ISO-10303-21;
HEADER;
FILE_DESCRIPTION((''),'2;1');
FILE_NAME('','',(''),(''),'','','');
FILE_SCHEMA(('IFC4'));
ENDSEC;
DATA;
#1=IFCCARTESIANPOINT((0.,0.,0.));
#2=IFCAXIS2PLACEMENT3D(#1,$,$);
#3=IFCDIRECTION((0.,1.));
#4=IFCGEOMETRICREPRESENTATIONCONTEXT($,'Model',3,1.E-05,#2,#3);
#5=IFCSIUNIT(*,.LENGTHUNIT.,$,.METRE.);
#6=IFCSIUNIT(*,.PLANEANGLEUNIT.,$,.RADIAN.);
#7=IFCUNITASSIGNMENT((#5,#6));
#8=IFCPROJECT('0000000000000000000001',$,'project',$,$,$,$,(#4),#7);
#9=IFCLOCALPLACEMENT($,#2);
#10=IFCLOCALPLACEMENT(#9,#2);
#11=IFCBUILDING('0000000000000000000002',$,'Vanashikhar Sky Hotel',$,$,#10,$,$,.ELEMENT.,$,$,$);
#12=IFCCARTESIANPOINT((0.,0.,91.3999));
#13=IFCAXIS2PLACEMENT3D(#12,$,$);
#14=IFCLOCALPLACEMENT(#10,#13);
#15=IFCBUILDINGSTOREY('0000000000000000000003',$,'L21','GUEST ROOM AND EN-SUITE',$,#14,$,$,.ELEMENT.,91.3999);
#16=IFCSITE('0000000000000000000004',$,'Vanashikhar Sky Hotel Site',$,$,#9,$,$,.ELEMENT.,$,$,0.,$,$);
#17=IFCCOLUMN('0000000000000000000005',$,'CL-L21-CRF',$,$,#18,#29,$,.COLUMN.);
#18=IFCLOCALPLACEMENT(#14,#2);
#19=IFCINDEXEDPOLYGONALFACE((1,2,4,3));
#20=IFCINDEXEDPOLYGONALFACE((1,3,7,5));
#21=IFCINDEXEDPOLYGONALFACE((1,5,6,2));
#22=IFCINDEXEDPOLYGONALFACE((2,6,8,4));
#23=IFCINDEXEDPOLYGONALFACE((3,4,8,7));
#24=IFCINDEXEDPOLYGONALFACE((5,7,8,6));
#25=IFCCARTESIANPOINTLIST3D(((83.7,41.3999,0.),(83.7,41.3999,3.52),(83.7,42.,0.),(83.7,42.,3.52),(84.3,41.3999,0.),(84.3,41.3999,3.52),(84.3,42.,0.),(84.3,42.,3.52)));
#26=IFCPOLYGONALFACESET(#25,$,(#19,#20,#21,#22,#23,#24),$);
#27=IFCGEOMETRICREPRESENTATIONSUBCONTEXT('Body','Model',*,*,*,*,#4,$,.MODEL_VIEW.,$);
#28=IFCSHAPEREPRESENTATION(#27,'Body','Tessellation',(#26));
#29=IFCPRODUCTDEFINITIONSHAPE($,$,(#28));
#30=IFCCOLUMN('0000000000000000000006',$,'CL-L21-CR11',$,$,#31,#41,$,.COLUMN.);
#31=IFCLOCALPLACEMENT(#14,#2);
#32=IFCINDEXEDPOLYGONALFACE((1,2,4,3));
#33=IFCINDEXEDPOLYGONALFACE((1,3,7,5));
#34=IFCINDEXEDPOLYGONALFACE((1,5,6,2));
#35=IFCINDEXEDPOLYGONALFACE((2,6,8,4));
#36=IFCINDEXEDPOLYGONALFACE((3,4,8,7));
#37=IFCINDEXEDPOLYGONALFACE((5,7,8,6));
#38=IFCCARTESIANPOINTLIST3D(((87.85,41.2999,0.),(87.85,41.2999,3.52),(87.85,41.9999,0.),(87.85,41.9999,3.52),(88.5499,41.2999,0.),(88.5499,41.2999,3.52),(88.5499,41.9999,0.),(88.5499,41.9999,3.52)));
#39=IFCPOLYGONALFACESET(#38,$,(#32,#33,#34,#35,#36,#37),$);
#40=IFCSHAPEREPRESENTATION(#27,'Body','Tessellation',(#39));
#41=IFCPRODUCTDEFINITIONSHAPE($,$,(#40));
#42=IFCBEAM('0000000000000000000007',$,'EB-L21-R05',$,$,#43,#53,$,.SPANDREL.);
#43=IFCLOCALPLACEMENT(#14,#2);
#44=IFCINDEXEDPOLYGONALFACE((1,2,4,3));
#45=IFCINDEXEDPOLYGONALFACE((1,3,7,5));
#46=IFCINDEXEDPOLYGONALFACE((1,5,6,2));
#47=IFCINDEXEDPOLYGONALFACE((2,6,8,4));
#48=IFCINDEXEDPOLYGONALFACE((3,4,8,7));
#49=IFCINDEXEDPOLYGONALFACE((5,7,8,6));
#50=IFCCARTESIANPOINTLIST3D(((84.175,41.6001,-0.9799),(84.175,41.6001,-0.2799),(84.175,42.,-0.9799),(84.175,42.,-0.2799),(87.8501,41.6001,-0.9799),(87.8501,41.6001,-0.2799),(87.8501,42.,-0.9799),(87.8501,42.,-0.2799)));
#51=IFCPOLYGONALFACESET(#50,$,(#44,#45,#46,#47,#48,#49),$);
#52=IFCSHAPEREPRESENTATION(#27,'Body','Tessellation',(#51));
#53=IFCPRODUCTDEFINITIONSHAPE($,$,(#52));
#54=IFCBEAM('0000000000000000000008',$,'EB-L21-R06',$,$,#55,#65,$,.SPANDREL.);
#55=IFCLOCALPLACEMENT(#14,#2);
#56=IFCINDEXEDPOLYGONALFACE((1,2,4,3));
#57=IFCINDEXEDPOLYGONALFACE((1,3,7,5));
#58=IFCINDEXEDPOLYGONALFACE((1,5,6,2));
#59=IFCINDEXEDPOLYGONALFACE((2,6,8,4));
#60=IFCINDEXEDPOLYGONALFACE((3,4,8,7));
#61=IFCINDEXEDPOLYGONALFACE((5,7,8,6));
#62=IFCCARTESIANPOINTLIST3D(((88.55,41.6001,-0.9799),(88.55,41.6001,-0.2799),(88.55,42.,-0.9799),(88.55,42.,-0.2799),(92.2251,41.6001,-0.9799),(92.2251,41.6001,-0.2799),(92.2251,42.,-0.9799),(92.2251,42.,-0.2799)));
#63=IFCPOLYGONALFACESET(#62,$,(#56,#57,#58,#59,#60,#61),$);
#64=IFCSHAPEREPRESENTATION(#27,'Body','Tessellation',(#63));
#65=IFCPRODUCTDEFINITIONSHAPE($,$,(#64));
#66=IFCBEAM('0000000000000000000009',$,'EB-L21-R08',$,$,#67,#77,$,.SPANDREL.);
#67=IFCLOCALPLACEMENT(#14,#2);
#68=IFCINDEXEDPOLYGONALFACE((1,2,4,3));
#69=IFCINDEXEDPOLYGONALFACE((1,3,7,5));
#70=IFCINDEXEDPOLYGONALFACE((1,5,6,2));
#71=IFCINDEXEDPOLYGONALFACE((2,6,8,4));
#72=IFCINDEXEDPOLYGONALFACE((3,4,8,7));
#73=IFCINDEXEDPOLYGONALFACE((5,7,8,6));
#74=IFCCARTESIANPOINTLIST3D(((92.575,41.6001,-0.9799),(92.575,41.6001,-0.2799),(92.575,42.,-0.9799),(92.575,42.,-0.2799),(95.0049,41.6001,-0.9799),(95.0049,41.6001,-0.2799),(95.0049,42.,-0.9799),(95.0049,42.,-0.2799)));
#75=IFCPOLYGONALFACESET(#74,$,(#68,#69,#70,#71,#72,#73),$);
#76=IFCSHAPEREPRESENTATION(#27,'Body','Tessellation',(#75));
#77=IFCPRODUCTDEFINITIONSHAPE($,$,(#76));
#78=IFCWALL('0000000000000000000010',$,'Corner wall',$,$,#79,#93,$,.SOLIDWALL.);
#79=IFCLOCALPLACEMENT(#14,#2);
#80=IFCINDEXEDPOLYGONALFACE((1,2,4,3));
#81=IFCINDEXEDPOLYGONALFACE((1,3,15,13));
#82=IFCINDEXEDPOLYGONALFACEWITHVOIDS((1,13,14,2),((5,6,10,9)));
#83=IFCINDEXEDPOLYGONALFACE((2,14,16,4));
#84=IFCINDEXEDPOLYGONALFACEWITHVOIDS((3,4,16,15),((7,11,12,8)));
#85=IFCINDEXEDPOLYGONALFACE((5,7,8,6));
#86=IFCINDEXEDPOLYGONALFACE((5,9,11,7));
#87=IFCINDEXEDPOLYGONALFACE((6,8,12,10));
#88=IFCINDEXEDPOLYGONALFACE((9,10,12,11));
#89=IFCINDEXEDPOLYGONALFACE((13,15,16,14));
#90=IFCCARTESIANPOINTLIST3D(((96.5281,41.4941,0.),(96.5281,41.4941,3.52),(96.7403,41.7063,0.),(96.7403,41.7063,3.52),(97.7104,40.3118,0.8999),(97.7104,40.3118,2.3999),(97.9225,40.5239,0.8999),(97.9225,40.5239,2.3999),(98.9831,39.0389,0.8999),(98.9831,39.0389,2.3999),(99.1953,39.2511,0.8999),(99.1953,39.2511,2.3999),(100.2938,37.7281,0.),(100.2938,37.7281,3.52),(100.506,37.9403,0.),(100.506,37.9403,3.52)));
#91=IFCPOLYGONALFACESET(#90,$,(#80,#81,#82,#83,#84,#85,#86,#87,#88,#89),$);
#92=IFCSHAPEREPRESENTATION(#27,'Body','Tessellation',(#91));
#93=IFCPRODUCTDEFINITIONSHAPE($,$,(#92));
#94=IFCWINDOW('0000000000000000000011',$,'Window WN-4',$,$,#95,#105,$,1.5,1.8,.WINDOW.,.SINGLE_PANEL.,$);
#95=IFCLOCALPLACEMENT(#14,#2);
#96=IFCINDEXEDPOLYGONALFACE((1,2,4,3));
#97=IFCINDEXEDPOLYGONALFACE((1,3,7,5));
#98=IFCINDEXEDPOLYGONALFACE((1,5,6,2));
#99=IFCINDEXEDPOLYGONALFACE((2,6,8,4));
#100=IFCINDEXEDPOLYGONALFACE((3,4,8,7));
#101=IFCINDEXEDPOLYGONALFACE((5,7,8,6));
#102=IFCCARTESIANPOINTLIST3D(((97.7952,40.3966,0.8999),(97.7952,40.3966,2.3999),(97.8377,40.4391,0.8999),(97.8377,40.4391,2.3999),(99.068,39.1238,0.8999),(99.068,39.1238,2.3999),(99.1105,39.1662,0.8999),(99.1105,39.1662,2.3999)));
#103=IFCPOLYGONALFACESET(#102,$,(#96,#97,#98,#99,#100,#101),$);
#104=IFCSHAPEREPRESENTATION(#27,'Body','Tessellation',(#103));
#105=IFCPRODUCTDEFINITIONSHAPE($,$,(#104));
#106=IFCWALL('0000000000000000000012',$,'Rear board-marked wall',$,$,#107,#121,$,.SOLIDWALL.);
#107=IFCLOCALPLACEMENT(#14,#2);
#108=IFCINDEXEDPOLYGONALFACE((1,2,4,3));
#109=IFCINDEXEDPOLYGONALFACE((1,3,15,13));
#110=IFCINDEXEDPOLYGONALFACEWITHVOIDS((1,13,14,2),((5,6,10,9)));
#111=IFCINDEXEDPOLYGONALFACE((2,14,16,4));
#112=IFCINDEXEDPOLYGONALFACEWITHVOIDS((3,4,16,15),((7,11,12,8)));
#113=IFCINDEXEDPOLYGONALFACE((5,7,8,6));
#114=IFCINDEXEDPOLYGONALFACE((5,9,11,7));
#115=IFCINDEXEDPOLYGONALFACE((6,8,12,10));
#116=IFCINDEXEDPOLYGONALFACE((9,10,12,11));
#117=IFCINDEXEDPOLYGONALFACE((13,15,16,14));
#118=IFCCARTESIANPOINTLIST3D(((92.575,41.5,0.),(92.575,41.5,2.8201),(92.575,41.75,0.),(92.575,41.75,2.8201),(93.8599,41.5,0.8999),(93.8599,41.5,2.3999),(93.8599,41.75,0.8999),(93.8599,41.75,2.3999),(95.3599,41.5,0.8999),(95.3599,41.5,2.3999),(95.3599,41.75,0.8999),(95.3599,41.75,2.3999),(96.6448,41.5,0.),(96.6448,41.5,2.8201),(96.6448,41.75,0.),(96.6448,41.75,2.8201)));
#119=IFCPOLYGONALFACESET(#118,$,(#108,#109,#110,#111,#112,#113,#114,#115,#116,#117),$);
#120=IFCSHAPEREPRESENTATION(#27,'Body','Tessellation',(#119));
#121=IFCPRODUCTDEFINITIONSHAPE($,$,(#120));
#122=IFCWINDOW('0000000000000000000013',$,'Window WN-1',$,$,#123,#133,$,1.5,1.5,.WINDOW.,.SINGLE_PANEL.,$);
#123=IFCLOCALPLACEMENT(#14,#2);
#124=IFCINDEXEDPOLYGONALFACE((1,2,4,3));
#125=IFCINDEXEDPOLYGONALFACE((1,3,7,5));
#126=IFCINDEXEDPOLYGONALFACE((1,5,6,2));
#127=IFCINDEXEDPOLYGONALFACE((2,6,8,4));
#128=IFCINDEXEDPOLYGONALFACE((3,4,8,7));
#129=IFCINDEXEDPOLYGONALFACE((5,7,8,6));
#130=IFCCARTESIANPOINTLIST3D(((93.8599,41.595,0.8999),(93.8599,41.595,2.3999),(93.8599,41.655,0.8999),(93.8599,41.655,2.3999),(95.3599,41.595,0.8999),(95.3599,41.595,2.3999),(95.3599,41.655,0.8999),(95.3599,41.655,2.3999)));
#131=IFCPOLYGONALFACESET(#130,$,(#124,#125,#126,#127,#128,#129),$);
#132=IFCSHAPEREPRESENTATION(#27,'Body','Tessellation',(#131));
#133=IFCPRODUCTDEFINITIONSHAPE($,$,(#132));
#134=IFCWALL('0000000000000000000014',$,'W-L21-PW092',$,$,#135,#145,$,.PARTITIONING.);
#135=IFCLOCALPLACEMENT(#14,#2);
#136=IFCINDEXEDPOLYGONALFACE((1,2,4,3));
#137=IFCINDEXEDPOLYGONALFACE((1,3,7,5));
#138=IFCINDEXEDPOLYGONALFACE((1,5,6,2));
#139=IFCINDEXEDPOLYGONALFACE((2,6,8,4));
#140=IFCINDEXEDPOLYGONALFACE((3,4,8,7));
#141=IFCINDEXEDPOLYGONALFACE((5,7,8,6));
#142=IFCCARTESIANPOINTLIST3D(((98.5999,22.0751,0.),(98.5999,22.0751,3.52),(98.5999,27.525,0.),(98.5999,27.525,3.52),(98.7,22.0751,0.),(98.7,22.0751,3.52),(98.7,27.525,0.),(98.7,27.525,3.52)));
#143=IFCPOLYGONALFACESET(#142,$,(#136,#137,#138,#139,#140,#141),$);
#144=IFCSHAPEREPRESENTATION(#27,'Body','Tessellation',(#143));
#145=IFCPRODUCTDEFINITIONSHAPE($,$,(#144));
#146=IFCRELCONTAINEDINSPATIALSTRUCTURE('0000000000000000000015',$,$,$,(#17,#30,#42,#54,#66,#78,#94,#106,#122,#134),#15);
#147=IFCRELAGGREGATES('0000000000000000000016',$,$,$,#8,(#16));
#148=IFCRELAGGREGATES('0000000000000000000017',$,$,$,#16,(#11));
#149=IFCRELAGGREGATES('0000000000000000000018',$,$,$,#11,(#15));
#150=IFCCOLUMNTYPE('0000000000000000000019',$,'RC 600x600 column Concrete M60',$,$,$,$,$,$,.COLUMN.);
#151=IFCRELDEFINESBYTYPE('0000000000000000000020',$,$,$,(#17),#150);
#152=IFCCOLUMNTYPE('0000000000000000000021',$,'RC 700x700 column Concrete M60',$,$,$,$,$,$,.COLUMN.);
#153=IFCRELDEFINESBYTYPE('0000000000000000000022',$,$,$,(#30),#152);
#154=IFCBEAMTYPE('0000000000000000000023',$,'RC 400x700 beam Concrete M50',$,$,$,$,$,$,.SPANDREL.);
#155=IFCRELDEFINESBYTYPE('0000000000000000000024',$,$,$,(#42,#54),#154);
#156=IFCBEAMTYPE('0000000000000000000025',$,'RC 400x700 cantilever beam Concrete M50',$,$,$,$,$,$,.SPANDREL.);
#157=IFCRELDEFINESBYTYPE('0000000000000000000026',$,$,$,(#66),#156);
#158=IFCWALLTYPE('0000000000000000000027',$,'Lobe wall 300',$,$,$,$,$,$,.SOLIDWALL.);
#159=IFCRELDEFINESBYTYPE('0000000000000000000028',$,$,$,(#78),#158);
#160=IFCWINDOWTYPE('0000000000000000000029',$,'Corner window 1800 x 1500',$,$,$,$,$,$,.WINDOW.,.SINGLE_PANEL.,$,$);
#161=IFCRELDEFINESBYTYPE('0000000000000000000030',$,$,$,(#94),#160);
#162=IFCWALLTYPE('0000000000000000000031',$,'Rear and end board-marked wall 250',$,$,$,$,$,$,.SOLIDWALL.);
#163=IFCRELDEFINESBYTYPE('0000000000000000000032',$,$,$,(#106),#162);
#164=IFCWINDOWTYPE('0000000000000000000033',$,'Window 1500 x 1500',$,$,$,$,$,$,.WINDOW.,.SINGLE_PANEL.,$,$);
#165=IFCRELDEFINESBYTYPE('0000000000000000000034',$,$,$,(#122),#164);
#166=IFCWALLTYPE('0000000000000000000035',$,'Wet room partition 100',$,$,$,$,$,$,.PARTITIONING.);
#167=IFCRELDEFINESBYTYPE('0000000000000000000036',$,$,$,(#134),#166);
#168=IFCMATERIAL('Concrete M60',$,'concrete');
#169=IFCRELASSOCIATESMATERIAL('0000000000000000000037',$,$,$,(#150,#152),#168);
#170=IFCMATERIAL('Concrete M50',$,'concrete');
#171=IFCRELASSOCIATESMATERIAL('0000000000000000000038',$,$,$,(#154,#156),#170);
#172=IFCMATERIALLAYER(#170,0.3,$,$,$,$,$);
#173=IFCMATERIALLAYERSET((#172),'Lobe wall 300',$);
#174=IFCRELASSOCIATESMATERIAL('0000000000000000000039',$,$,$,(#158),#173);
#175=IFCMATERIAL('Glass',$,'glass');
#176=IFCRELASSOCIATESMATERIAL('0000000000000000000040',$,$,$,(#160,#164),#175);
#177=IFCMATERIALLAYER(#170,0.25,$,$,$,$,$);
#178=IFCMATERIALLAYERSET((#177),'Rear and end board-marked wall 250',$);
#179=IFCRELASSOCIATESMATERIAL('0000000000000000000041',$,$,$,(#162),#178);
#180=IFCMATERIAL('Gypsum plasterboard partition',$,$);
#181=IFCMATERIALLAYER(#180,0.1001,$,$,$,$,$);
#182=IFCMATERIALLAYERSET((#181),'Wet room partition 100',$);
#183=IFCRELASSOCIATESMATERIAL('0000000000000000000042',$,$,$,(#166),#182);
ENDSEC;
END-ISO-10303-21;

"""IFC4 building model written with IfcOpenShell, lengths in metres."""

from ifc_helpers import new_model, si_unit, direction, frame, frame_2d, origin, origin_2d, place, context, subcontext, project, spatial, rectangle, extrude, source, transform, mapped, material, layer, layer_set, material_profile, profile_set, type_object, element, fill, save


model = new_model("IFC4")

# Units and contexts
model_context = context("Model", 3, precision=1e-05, world=origin(), true_north=direction((0.0, 1.0)))
body_context = subcontext(model_context, "Body", "Model", "MODEL_VIEW")
ifc_project = project(units=[si_unit("LENGTHUNIT", "METRE"), si_unit("PLANEANGLEUNIT", "RADIAN")], contexts=[model_context])

# Site, building, storey
site_placement = place(None, origin())
site = spatial("IfcSite", under=ifc_project, at=site_placement, Name="Vanashikhar Sky Hotel Site", CompositionType="ELEMENT", RefElevation=0.0)
building_placement = place(site_placement, origin())
building = spatial("IfcBuilding", under=site, at=building_placement, Name="Vanashikhar Sky Hotel", CompositionType="ELEMENT")
storey_placement = place(building_placement, frame((0.0, 0.0, 91.3999)))
storey = spatial("IfcBuildingStorey", under=building, at=storey_placement, Name="L21", Description="GUEST ROOM AND EN-SUITE", CompositionType="ELEMENT", Elevation=91.3999)

# Columns
ifc_material_1 = material(Name="Concrete M60", Category="concrete")
ifc_material_profile_1 = material_profile(ifc_material_1, rectangle(XDim=0.6001, YDim=0.6001, at=origin_2d()))
ifc_profile_set_1 = profile_set([ifc_material_profile_1], Name="RC 600x600 column Concrete M60")
column_type_1 = type_object("IfcColumnType", Name="RC 600x600 column Concrete M60", PredefinedType="COLUMN", material=ifc_profile_set_1)
shared_shape_1 = source(origin(), body_context, "Body", "SweptSolid", [
    extrude(rectangle(XDim=0.6001, YDim=0.6001, at=origin_2d()), origin(), (0.0, 0.0, 1.0), 3.52),
])
column_1_placement = place(storey_placement, frame((84.0, 41.7, 0.0), z_axis=(0.0, 0.0, 1.0), x_axis=(1.0, 0.0, 0.0)))
element("IfcColumn", 1, at=column_1_placement, inside=storey, type_object=column_type_1, Name="CL-L21-CRF", PredefinedType="COLUMN", context=body_context, shape_type="MappedRepresentation", body=[
    mapped(shared_shape_1, transform((0.0, 0.0, 0.0), scale=1.0)),
])
ifc_material_profile_2 = material_profile(ifc_material_1, rectangle(XDim=0.7, YDim=0.7, at=origin_2d()))
ifc_profile_set_2 = profile_set([ifc_material_profile_2], Name="RC 700x700 column Concrete M60")
column_type_2 = type_object("IfcColumnType", Name="RC 700x700 column Concrete M60", PredefinedType="COLUMN", material=ifc_profile_set_2)
shared_shape_2 = source(origin(), body_context, "Body", "SweptSolid", [
    extrude(rectangle(XDim=0.7, YDim=0.7, at=origin_2d()), origin(), (0.0, 0.0, 1.0), 3.52),
])
column_2_placement = place(storey_placement, frame((88.2, 41.6499, 0.0), z_axis=(0.0, 0.0, 1.0), x_axis=(1.0, 0.0, 0.0)))
element("IfcColumn", 2, at=column_2_placement, inside=storey, type_object=column_type_2, Name="CL-L21-CR11", PredefinedType="COLUMN", context=body_context, shape_type="MappedRepresentation", body=[
    mapped(shared_shape_2, transform((0.0, 0.0, 0.0), scale=1.0)),
])

# Beams
ifc_material_2 = material(Name="Concrete M50", Category="concrete")
ifc_material_profile_3 = material_profile(ifc_material_2, rectangle(XDim=0.3999, YDim=0.7, at=origin_2d()))
ifc_profile_set_3 = profile_set([ifc_material_profile_3], Name="RC 400x700 beam Concrete M50")
beam_type_1 = type_object("IfcBeamType", Name="RC 400x700 beam Concrete M50", PredefinedType="SPANDREL", material=ifc_profile_set_3)
shared_shape_3 = source(origin(), body_context, "Body", "SweptSolid", [
    extrude(rectangle(XDim=0.3999, YDim=0.7, at=origin_2d()), origin(), (0.0, 0.0, 1.0), 3.675),
])
for number, where, z_axis, x_axis, name in (
    (3, (84.175, 41.8, -0.6299), (1.0, 0.0, 0.0), (0.0, 1.0, 0.0), "EB-L21-R05"),
    (4, (88.55, 41.8, -0.6299), (1.0, 0.0, 0.0), (0.0, 1.0, 0.0), "EB-L21-R06"),
):
    element("IfcBeam", number, at=place(storey_placement, frame(where, z_axis=z_axis, x_axis=x_axis)), inside=storey, type_object=beam_type_1, Name=name, PredefinedType="SPANDREL", context=body_context, shape_type="MappedRepresentation", body=[
        mapped(shared_shape_3, transform((0.0, 0.0, 0.0), scale=1.0)),
    ])
ifc_material_profile_4 = material_profile(ifc_material_2, rectangle(XDim=0.3999, YDim=0.7, at=origin_2d()))
ifc_profile_set_4 = profile_set([ifc_material_profile_4], Name="RC 400x700 cantilever beam Concrete M50")
beam_type_2 = type_object("IfcBeamType", Name="RC 400x700 cantilever beam Concrete M50", PredefinedType="SPANDREL", material=ifc_profile_set_4)
shared_shape_4 = source(origin(), body_context, "Body", "SweptSolid", [
    extrude(rectangle(XDim=0.3999, YDim=0.7, at=origin_2d()), origin(), (0.0, 0.0, 1.0), 2.4299),
])
beam_placement = place(storey_placement, frame((92.575, 41.8, -0.6299), z_axis=(1.0, 0.0, 0.0), x_axis=(0.0, 1.0, 0.0)))
element("IfcBeam", 5, at=beam_placement, inside=storey, type_object=beam_type_2, Name="EB-L21-R08", PredefinedType="SPANDREL", context=body_context, shape_type="MappedRepresentation", body=[
    mapped(shared_shape_4, transform((0.0, 0.0, 0.0), scale=1.0)),
])

# Walls, openings, windows
ifc_layer_1 = layer(ifc_material_2, 0.3)
ifc_layer_set_1 = layer_set([ifc_layer_1], Name="Lobe wall 300")
wall_type_1 = type_object("IfcWallType", Name="Lobe wall 300", PredefinedType="SOLIDWALL", material=ifc_layer_set_1)
shared_shape_5 = source(origin(), body_context, "Body", "SweptSolid", [
    extrude(rectangle(XDim=5.3257, YDim=0.3, at=frame_2d((2.6628, 0.0))), origin(), (0.0, 0.0, 1.0), 3.52),
])
wall_1_placement = place(storey_placement, frame((100.3999, 37.8342, 0.0), z_axis=(0.0, 0.0, 1.0), x_axis=(-0.707084, 0.70713, 0.0)))
wall_1 = element("IfcWall", 6, at=wall_1_placement, inside=storey, type_object=wall_type_1, Name="Corner wall", PredefinedType="SOLIDWALL", context=body_context, shape_type="MappedRepresentation", body=[
    mapped(shared_shape_5, transform((0.0, 0.0, 0.0), scale=1.0)),
])
shared_shape_6 = source(origin(), body_context, "Body", "SweptSolid", [
    extrude(rectangle(XDim=1.8, YDim=1.5, at=frame_2d((0.8999, 0.75))), frame((0.0, 0.1602, 0.0), z_axis=(0.0, -1.0, 0.0), x_axis=(1.0, 0.0, 0.0)), (0.0, 0.0, 1.0), 0.3201),
])
opening_1_placement = place(wall_1_placement, frame((1.8538, 0.0, 0.8999)))
opening_1 = element("IfcOpeningElement", 7, at=opening_1_placement, cuts=wall_1, PredefinedType="OPENING", context=body_context, shape_type="MappedRepresentation", body=[
    mapped(shared_shape_6, transform((0.0, 0.0, 0.0), scale=1.0)),
])
ifc_material_3 = material(Name="Glass", Category="glass")
window_type_1 = type_object("IfcWindowType", Name="Corner window 1800 x 1500", PartitioningType="SINGLE_PANEL", PredefinedType="WINDOW", material=ifc_material_3)
shared_shape_7 = source(origin(), body_context, "Body", "SweptSolid", [
    extrude(rectangle(XDim=1.8, YDim=1.5, at=frame_2d((0.8999, 0.75))), frame((0.0, 0.03, 0.0), z_axis=(0.0, -1.0, 0.0), x_axis=(1.0, 0.0, 0.0)), (0.0, 0.0, 1.0), 0.0601),
])
window_1_placement = place(opening_1_placement, origin())
window_1 = element("IfcWindow", 8, at=window_1_placement, inside=storey, type_object=window_type_1, Name="Window WN-4", OverallHeight=1.5, OverallWidth=1.8, PartitioningType="SINGLE_PANEL", PredefinedType="WINDOW", context=body_context, shape_type="MappedRepresentation", body=[
    mapped(shared_shape_7, transform((0.0, 0.0, 0.0), scale=1.0)),
])
fill(opening_1, window_1)
ifc_layer_2 = layer(ifc_material_2, 0.25)
ifc_layer_set_2 = layer_set([ifc_layer_2], Name="Rear and end board-marked wall 250")
wall_type_2 = type_object("IfcWallType", Name="Rear and end board-marked wall 250", PredefinedType="SOLIDWALL", material=ifc_layer_set_2)
shared_shape_8 = source(origin(), body_context, "Body", "SweptSolid", [
    extrude(rectangle(XDim=4.0698, YDim=0.25, at=frame_2d((2.0349, 0.0))), origin(), (0.0, 0.0, 1.0), 2.8201),
])
wall_2_placement = place(storey_placement, frame((96.6448, 41.625, 0.0), z_axis=(0.0, 0.0, 1.0), x_axis=(-1.0, 0.0, 0.0)))
wall_2 = element("IfcWall", 9, at=wall_2_placement, inside=storey, type_object=wall_type_2, Name="Rear board-marked wall", PredefinedType="SOLIDWALL", context=body_context, shape_type="MappedRepresentation", body=[
    mapped(shared_shape_8, transform((0.0, 0.0, 0.0), scale=1.0)),
])
shared_shape_9 = source(origin(), body_context, "Body", "SweptSolid", [
    extrude(rectangle(XDim=1.5, YDim=1.5, at=frame_2d((0.75, 0.75))), frame((0.0, 0.135, 0.0), z_axis=(0.0, -1.0, 0.0), x_axis=(1.0, 0.0, 0.0)), (0.0, 0.0, 1.0), 0.27),
])
opening_2_placement = place(wall_2_placement, frame((1.2849, 0.0, 0.8999)))
opening_2 = element("IfcOpeningElement", 10, at=opening_2_placement, cuts=wall_2, PredefinedType="OPENING", context=body_context, shape_type="MappedRepresentation", body=[
    mapped(shared_shape_9, transform((0.0, 0.0, 0.0), scale=1.0)),
])
window_type_2 = type_object("IfcWindowType", Name="Window 1500 x 1500", PartitioningType="SINGLE_PANEL", PredefinedType="WINDOW", material=ifc_material_3)
shared_shape_10 = source(origin(), body_context, "Body", "SweptSolid", [
    extrude(rectangle(XDim=1.5, YDim=1.5, at=frame_2d((0.75, 0.75))), frame((0.0, 0.03, 0.0), z_axis=(0.0, -1.0, 0.0), x_axis=(1.0, 0.0, 0.0)), (0.0, 0.0, 1.0), 0.0601),
])
window_2_placement = place(opening_2_placement, origin())
window_2 = element("IfcWindow", 11, at=window_2_placement, inside=storey, type_object=window_type_2, Name="Window WN-1", OverallHeight=1.5, OverallWidth=1.5, PartitioningType="SINGLE_PANEL", PredefinedType="WINDOW", context=body_context, shape_type="MappedRepresentation", body=[
    mapped(shared_shape_10, transform((0.0, 0.0, 0.0), scale=1.0)),
])
fill(opening_2, window_2)

# Wall
ifc_material_4 = material(Name="Gypsum plasterboard partition")
ifc_layer_3 = layer(ifc_material_4, 0.1001)
ifc_layer_set_3 = layer_set([ifc_layer_3], Name="Wet room partition 100")
wall_type_3 = type_object("IfcWallType", Name="Wet room partition 100", PredefinedType="PARTITIONING", material=ifc_layer_set_3)
shared_shape_11 = source(origin(), body_context, "Body", "SweptSolid", [
    extrude(rectangle(XDim=5.45, YDim=0.1001, at=frame_2d((2.7251, 0.0))), origin(), (0.0, 0.0, 1.0), 3.52),
])
wall_3_placement = place(storey_placement, frame((98.6499, 22.075, 0.0), z_axis=(0.0, 0.0, 1.0), x_axis=(0.0, 1.0, 0.0)))
element("IfcWall", 12, at=wall_3_placement, inside=storey, type_object=wall_type_3, Name="W-L21-PW092", PredefinedType="PARTITIONING", context=body_context, shape_type="MappedRepresentation", body=[
    mapped(shared_shape_11, transform((0.0, 0.0, 0.0), scale=1.0)),
])

save(model, "model.ifc")
